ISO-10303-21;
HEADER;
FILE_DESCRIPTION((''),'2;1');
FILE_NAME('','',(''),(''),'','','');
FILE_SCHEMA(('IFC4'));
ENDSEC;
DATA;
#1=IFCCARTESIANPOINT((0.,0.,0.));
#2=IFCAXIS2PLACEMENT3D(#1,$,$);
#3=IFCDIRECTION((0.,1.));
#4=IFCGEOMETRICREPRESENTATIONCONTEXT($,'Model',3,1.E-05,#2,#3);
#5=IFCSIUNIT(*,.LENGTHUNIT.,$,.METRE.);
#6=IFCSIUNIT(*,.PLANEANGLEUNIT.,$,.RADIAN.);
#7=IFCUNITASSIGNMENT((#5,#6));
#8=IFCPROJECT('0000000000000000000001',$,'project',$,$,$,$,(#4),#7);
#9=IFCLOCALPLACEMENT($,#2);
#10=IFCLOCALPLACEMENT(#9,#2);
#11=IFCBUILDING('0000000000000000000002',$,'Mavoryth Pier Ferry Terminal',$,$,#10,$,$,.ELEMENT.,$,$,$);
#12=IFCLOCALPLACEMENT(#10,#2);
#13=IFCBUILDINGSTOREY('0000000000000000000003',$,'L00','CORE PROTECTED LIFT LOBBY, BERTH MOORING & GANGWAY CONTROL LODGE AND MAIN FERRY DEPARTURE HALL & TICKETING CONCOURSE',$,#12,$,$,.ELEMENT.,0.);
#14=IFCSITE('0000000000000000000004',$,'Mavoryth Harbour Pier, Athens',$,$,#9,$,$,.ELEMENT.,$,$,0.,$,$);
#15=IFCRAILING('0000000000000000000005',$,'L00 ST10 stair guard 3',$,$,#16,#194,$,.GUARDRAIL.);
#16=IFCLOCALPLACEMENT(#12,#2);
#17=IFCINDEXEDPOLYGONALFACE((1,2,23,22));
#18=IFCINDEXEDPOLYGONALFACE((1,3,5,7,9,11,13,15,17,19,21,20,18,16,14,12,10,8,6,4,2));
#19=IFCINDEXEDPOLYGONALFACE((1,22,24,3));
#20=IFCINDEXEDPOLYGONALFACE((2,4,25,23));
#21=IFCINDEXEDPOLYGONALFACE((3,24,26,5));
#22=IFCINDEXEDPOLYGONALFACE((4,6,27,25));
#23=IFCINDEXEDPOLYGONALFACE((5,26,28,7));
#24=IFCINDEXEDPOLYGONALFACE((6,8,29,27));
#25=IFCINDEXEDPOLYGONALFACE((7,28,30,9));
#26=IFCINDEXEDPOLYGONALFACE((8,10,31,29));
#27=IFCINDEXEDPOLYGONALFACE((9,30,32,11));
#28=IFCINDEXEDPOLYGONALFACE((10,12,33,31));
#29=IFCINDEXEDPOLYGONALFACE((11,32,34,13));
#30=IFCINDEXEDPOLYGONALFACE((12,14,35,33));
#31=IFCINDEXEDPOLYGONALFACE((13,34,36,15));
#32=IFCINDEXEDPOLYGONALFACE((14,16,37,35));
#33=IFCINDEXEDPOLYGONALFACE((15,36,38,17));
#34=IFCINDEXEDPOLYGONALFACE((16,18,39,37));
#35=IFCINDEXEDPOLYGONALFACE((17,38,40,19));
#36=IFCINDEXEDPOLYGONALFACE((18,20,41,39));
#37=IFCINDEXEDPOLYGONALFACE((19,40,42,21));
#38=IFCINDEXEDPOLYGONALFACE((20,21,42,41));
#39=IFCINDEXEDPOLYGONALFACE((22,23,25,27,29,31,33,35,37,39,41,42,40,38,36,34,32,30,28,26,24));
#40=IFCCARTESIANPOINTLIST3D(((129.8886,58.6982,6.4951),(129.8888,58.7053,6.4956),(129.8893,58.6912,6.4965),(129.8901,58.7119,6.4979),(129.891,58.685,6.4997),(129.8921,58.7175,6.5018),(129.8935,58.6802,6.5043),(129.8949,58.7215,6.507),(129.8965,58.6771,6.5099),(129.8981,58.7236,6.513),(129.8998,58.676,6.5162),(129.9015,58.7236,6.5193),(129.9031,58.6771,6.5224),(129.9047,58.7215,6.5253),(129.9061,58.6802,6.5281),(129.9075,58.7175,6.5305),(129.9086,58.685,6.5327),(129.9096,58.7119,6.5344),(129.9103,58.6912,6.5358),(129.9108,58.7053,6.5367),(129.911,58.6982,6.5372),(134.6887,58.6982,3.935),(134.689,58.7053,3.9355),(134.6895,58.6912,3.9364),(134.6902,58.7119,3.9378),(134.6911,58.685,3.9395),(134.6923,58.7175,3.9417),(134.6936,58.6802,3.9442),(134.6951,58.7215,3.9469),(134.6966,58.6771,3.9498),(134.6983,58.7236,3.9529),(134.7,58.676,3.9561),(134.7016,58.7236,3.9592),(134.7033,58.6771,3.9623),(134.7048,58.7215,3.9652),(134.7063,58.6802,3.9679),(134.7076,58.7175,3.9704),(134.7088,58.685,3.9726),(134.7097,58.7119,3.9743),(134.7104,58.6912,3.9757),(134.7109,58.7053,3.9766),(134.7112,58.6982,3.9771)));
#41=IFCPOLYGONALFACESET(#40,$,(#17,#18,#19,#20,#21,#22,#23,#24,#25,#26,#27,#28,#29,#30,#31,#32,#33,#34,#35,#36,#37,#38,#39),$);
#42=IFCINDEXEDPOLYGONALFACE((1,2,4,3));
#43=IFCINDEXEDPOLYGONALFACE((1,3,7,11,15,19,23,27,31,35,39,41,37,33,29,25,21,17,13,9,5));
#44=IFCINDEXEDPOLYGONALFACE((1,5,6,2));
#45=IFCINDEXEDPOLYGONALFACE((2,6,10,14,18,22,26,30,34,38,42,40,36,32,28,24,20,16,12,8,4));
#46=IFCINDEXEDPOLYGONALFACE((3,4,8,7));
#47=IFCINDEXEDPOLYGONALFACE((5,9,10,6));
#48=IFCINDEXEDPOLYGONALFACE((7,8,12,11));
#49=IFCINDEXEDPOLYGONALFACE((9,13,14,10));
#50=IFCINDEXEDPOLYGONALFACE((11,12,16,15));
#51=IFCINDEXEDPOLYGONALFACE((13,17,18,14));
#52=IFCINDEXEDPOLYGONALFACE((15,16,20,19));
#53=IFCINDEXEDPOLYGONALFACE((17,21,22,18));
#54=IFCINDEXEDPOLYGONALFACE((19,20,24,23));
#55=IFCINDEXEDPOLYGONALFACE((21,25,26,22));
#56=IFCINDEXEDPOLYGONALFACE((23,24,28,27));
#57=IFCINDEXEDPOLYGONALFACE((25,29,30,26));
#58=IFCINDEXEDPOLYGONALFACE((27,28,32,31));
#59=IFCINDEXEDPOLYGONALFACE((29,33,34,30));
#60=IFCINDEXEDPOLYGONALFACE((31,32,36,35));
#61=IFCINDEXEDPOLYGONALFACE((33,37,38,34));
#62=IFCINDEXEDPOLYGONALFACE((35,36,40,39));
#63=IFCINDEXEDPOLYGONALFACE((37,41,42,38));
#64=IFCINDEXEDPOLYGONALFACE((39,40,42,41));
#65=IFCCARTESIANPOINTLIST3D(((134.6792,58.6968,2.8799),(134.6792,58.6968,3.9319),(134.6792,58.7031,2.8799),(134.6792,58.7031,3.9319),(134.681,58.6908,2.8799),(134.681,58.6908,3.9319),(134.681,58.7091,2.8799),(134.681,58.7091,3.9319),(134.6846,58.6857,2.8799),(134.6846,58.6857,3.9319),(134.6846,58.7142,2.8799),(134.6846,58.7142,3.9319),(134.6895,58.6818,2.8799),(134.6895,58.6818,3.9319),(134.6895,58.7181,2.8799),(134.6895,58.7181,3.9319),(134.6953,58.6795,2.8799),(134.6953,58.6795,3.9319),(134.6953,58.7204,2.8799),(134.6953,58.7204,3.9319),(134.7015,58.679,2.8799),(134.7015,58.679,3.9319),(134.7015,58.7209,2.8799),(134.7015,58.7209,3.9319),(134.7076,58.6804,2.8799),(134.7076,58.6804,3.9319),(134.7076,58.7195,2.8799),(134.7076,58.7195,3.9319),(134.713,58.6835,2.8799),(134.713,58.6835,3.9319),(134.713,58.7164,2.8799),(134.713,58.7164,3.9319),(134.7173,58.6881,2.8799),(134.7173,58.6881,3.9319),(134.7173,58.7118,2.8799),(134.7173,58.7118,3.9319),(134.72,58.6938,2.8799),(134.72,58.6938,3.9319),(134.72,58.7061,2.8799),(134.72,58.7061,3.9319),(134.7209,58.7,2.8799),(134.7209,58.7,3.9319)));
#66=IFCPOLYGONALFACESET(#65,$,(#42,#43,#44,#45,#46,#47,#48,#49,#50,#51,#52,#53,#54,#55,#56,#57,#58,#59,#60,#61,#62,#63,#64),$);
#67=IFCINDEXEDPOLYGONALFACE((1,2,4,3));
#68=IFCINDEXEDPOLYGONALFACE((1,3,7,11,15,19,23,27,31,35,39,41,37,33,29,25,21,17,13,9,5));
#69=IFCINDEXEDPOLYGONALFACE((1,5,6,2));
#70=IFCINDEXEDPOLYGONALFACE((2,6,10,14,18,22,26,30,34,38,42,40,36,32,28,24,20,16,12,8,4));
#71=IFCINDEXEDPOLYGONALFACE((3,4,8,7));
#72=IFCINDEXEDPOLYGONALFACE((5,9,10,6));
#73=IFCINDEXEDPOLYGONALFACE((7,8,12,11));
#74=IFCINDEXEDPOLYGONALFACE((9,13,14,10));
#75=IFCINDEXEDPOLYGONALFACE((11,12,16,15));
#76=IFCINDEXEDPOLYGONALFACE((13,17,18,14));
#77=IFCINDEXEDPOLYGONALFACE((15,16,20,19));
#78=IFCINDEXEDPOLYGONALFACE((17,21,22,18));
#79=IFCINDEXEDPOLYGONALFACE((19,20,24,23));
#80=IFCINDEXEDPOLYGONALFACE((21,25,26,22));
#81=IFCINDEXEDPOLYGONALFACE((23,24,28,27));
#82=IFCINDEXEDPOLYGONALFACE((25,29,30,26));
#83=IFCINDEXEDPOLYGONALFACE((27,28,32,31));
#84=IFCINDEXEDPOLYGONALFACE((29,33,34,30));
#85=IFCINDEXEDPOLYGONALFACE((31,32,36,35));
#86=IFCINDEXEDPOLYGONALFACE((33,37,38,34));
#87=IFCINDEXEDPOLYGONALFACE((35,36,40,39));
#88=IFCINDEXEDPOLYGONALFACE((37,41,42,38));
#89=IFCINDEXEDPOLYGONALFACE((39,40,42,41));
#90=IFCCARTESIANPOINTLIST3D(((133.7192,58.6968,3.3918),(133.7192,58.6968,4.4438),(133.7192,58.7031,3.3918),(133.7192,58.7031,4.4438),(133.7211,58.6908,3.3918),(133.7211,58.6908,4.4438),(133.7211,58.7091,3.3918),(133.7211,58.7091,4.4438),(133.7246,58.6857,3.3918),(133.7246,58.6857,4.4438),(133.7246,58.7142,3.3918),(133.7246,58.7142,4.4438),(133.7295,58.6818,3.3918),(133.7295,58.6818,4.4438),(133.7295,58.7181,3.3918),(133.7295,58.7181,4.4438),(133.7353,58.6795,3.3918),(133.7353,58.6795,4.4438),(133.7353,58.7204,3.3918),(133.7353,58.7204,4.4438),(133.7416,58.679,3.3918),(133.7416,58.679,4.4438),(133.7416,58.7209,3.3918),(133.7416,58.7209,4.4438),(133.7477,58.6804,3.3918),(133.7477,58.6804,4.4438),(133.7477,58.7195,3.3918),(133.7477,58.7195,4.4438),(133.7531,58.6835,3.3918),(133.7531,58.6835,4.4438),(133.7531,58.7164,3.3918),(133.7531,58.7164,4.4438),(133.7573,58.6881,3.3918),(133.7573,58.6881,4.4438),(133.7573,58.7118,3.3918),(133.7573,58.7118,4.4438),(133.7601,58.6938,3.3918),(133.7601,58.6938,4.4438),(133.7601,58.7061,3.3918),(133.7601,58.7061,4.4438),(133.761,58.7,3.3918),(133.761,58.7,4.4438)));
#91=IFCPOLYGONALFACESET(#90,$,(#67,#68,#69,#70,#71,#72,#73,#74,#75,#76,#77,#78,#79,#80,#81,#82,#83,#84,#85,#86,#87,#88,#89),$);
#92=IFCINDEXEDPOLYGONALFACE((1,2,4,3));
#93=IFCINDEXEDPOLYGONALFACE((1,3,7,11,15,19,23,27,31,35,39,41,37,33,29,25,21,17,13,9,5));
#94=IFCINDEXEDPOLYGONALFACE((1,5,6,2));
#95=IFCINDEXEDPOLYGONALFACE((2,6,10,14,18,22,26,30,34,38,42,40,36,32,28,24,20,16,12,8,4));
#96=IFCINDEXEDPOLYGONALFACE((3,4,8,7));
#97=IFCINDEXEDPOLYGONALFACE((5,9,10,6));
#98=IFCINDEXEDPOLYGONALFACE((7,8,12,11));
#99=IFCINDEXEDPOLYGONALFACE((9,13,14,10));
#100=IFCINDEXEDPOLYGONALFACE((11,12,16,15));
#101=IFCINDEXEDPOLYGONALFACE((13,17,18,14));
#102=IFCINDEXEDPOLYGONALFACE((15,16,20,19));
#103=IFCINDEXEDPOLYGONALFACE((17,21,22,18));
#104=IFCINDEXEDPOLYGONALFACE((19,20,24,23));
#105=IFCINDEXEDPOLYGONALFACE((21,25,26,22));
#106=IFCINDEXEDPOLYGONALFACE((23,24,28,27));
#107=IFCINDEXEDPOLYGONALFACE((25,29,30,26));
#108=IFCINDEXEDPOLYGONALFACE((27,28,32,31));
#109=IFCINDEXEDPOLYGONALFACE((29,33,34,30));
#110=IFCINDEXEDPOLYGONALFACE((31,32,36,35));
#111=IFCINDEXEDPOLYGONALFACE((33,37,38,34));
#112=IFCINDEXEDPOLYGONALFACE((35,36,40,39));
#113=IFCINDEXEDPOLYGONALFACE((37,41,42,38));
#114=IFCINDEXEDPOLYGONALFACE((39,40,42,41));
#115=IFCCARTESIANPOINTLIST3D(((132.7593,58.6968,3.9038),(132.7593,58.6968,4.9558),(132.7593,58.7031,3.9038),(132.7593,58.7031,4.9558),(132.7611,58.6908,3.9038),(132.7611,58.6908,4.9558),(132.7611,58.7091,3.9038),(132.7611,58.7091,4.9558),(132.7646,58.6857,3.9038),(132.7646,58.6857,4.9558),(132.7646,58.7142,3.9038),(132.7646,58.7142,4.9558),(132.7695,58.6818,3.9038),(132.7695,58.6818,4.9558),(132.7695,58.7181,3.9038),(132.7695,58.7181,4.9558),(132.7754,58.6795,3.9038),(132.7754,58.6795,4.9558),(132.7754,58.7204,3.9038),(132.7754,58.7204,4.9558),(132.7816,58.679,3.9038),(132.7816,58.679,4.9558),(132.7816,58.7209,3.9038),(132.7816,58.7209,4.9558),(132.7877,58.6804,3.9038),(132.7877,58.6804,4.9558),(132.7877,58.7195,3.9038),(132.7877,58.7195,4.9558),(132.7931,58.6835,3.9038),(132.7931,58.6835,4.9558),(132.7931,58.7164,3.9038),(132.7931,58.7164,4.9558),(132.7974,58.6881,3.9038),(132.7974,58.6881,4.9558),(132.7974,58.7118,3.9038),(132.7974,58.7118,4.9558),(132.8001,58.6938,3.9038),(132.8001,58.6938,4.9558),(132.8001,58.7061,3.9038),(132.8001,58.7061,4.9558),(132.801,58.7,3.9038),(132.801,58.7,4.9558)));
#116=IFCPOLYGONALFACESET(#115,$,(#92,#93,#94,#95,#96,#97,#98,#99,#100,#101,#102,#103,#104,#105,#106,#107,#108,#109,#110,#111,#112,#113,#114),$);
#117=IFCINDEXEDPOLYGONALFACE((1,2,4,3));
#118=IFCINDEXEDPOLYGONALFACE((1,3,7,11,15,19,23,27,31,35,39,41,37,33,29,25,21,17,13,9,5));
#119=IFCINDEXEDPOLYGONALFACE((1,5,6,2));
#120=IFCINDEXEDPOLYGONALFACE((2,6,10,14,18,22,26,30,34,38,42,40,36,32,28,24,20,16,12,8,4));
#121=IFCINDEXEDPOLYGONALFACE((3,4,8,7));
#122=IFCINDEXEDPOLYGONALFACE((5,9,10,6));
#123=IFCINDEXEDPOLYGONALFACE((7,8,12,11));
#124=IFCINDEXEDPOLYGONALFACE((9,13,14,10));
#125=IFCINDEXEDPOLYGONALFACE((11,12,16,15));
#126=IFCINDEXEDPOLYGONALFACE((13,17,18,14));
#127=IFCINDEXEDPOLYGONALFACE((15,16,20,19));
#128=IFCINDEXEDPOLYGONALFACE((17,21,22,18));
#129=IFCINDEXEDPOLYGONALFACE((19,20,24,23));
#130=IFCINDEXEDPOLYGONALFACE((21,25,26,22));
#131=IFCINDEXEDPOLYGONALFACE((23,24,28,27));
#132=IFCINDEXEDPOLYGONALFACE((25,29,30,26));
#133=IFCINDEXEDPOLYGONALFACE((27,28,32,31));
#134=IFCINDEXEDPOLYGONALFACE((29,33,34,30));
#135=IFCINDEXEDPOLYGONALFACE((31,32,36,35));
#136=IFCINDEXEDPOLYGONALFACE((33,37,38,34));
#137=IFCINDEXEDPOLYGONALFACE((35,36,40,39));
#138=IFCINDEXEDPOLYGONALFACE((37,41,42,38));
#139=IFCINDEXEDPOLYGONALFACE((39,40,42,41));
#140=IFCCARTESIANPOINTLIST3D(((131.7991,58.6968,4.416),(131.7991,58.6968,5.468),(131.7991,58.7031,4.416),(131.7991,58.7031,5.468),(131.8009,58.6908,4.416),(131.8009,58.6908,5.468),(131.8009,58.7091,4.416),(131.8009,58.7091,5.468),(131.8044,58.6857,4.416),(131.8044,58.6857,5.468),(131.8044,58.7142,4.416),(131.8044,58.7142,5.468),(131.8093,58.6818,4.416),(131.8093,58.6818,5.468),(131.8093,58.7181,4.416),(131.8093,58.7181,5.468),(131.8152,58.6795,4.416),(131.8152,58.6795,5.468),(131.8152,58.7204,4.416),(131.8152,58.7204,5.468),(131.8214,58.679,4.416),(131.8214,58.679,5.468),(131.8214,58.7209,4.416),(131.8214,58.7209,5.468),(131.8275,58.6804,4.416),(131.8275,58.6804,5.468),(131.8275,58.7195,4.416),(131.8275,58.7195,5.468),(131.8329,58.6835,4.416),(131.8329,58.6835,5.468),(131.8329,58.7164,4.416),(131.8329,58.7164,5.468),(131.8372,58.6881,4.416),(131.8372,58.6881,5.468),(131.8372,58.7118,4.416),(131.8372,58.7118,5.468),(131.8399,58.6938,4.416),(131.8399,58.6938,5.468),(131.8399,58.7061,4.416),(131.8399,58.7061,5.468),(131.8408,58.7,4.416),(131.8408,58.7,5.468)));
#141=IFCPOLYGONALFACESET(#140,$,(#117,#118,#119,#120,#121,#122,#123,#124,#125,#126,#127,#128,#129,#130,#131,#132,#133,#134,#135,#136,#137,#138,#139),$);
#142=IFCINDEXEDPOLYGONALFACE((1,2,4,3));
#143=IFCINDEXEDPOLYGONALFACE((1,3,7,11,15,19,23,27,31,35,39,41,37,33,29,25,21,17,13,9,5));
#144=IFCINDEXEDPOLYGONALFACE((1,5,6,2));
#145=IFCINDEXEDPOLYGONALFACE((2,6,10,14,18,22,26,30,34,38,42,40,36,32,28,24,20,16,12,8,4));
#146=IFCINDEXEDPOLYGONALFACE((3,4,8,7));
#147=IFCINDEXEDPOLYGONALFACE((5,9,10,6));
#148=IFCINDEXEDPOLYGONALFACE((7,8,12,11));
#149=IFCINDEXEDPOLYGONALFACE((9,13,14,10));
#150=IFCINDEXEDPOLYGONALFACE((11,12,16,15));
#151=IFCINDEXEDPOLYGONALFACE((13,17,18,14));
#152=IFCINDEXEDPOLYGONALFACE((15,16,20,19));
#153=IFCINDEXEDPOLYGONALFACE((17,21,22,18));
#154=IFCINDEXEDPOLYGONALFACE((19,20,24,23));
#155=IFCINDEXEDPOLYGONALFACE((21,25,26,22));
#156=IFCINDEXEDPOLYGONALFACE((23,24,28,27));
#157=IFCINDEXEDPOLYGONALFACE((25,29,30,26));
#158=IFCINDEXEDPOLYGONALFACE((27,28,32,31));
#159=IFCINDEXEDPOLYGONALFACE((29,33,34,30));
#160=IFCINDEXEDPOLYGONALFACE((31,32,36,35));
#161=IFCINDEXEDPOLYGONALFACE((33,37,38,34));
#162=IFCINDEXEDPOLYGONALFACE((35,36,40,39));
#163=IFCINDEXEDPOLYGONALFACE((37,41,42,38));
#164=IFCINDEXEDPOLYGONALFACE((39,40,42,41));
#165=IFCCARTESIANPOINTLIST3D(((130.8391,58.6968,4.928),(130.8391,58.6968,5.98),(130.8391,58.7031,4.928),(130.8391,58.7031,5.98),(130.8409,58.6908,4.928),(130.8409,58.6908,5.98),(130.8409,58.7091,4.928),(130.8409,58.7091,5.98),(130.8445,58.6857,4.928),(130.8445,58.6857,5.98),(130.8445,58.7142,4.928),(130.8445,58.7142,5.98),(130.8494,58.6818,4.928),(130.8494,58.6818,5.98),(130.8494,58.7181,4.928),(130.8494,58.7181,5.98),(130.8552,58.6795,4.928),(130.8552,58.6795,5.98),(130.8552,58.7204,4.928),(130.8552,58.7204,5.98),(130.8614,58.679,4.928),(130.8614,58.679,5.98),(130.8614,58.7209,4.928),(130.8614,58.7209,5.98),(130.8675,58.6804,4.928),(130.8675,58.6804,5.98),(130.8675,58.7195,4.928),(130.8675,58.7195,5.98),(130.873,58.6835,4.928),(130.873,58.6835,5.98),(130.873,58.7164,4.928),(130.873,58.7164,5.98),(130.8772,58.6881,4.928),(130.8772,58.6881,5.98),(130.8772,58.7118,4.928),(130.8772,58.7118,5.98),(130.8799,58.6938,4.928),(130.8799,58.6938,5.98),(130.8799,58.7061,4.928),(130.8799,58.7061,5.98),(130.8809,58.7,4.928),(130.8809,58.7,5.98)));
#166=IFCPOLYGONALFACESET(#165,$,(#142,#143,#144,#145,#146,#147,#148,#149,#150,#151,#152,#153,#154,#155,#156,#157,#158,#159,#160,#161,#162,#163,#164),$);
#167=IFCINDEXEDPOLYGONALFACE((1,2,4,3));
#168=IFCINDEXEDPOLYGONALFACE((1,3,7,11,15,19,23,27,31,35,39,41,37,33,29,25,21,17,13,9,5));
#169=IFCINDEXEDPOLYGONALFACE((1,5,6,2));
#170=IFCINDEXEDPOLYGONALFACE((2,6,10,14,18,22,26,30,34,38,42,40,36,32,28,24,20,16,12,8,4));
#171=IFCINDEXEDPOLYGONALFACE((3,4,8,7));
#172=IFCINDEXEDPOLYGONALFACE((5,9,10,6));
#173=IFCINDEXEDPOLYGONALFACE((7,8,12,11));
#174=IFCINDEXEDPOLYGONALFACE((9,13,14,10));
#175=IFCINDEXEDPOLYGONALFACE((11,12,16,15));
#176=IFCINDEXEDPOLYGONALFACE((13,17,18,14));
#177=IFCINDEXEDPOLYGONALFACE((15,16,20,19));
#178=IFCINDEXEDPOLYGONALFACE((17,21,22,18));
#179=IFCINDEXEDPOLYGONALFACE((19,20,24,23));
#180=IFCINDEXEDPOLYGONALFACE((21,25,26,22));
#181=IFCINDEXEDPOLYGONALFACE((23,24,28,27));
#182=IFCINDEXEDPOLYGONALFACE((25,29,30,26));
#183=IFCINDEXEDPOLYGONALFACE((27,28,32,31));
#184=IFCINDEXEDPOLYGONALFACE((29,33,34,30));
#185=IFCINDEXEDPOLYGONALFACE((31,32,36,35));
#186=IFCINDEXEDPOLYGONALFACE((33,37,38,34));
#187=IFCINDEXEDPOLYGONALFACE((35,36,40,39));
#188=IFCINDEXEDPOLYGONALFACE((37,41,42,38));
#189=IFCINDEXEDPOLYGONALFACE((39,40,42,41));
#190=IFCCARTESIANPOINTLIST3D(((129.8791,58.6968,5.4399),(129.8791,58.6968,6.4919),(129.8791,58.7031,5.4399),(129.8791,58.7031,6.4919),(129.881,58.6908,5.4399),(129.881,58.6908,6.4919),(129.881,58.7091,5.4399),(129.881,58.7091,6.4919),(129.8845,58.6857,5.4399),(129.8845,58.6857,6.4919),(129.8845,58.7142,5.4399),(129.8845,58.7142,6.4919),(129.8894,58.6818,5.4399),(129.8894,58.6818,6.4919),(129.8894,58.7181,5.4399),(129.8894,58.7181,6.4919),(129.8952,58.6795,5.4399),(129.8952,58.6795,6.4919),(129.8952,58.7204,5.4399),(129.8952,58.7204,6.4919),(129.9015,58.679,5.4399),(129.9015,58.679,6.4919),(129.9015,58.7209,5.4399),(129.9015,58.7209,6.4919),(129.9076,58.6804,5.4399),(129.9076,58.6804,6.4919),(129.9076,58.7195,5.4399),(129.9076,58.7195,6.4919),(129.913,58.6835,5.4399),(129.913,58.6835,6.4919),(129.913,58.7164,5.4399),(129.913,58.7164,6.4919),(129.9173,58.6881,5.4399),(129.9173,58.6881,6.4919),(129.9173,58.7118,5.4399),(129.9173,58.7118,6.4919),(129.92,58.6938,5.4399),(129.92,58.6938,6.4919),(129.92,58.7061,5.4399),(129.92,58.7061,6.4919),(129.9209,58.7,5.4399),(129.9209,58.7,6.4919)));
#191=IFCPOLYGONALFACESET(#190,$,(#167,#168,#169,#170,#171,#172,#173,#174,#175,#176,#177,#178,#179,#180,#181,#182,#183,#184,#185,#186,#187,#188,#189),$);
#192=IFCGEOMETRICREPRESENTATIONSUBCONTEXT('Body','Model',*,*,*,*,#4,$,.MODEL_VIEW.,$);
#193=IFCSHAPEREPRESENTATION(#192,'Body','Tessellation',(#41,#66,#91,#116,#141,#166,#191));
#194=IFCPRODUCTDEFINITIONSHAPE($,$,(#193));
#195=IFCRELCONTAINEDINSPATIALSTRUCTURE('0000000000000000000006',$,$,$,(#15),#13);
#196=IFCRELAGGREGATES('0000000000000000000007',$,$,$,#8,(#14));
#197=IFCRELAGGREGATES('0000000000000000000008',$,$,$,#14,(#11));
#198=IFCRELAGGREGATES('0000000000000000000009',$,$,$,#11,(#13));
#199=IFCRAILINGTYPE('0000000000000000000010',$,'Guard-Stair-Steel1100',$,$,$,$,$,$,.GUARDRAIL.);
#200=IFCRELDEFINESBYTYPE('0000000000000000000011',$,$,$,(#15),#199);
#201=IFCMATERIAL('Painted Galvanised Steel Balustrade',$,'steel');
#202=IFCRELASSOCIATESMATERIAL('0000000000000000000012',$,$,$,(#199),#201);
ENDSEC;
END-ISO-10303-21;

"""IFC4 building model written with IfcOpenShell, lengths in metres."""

from ifc_helpers import new_model, si_unit, direction, frame, origin, origin_2d, place, context, subcontext, project, spatial, circle, extrude, material, type_object, element, save


model = new_model("IFC4")

# Units and contexts
model_context = context("Model", 3, precision=1e-05, world=origin(), true_north=direction((0.0, 1.0)))
body_context = subcontext(model_context, "Body", "Model", "MODEL_VIEW")
ifc_project = project(units=[si_unit("LENGTHUNIT", "METRE"), si_unit("PLANEANGLEUNIT", "RADIAN")], contexts=[model_context])

# Site, building, storey
site_placement = place(None, origin())
site = spatial("IfcSite", under=ifc_project, at=site_placement, Name="Mavoryth Harbour Pier, Athens", CompositionType="ELEMENT", RefElevation=0.0)
building_placement = place(site_placement, origin())
building = spatial("IfcBuilding", under=site, at=building_placement, Name="Mavoryth Pier Ferry Terminal", CompositionType="ELEMENT")
storey_placement = place(building_placement, origin())
storey = spatial("IfcBuildingStorey", under=building, at=storey_placement, Name="L00", Description="CORE PROTECTED LIFT LOBBY, BERTH MOORING & GANGWAY CONTROL LODGE AND MAIN FERRY DEPARTURE HALL & TICKETING CONCOURSE", CompositionType="ELEMENT", Elevation=0.0)

# Railing
ifc_material_1 = material(Name="Painted Galvanised Steel Balustrade", Category="steel")
railing_type_1 = type_object("IfcRailingType", Name="Guard-Stair-Steel1100", PredefinedType="GUARDRAIL", material=ifc_material_1)
railing_1_placement = place(storey_placement, frame((134.7, 58.7, 2.8799)))
element("IfcRailing", 1, at=railing_1_placement, inside=storey, type_object=railing_type_1, Name="L00 ST10 stair guard 3", PredefinedType="GUARDRAIL", context=body_context, shape_type="SweptSolid", body=[
    extrude(circle(Radius=0.0239, at=origin_2d()), frame((0.0, 0.0, 1.0762), z_axis=(-0.88235, 0.0, 0.470593), x_axis=(0.0, -1.0, 0.0)), (0.0, 0.0, 1.0), 5.4402),
    extrude(circle(Radius=0.021, at=origin_2d()), origin(), (0.0, 0.0, 1.0), 1.052),
    extrude(circle(Radius=0.021, at=origin_2d()), frame((-0.96, 0.0, 0.512)), (0.0, 0.0, 1.0), 1.052),
    extrude(circle(Radius=0.021, at=origin_2d()), frame((-1.9199, 0.0, 1.0239)), (0.0, 0.0, 1.0), 1.052),
    extrude(circle(Radius=0.021, at=origin_2d()), frame((-2.8801, 0.0, 1.5361)), (0.0, 0.0, 1.0), 1.052),
    extrude(circle(Radius=0.021, at=origin_2d()), frame((-3.8401, 0.0, 2.0481)), (0.0, 0.0, 1.0), 1.052),
    extrude(circle(Radius=0.021, at=origin_2d()), frame((-4.8, 0.0, 2.5601)), (0.0, 0.0, 1.0), 1.052),
])

save(model, "model.ifc")
